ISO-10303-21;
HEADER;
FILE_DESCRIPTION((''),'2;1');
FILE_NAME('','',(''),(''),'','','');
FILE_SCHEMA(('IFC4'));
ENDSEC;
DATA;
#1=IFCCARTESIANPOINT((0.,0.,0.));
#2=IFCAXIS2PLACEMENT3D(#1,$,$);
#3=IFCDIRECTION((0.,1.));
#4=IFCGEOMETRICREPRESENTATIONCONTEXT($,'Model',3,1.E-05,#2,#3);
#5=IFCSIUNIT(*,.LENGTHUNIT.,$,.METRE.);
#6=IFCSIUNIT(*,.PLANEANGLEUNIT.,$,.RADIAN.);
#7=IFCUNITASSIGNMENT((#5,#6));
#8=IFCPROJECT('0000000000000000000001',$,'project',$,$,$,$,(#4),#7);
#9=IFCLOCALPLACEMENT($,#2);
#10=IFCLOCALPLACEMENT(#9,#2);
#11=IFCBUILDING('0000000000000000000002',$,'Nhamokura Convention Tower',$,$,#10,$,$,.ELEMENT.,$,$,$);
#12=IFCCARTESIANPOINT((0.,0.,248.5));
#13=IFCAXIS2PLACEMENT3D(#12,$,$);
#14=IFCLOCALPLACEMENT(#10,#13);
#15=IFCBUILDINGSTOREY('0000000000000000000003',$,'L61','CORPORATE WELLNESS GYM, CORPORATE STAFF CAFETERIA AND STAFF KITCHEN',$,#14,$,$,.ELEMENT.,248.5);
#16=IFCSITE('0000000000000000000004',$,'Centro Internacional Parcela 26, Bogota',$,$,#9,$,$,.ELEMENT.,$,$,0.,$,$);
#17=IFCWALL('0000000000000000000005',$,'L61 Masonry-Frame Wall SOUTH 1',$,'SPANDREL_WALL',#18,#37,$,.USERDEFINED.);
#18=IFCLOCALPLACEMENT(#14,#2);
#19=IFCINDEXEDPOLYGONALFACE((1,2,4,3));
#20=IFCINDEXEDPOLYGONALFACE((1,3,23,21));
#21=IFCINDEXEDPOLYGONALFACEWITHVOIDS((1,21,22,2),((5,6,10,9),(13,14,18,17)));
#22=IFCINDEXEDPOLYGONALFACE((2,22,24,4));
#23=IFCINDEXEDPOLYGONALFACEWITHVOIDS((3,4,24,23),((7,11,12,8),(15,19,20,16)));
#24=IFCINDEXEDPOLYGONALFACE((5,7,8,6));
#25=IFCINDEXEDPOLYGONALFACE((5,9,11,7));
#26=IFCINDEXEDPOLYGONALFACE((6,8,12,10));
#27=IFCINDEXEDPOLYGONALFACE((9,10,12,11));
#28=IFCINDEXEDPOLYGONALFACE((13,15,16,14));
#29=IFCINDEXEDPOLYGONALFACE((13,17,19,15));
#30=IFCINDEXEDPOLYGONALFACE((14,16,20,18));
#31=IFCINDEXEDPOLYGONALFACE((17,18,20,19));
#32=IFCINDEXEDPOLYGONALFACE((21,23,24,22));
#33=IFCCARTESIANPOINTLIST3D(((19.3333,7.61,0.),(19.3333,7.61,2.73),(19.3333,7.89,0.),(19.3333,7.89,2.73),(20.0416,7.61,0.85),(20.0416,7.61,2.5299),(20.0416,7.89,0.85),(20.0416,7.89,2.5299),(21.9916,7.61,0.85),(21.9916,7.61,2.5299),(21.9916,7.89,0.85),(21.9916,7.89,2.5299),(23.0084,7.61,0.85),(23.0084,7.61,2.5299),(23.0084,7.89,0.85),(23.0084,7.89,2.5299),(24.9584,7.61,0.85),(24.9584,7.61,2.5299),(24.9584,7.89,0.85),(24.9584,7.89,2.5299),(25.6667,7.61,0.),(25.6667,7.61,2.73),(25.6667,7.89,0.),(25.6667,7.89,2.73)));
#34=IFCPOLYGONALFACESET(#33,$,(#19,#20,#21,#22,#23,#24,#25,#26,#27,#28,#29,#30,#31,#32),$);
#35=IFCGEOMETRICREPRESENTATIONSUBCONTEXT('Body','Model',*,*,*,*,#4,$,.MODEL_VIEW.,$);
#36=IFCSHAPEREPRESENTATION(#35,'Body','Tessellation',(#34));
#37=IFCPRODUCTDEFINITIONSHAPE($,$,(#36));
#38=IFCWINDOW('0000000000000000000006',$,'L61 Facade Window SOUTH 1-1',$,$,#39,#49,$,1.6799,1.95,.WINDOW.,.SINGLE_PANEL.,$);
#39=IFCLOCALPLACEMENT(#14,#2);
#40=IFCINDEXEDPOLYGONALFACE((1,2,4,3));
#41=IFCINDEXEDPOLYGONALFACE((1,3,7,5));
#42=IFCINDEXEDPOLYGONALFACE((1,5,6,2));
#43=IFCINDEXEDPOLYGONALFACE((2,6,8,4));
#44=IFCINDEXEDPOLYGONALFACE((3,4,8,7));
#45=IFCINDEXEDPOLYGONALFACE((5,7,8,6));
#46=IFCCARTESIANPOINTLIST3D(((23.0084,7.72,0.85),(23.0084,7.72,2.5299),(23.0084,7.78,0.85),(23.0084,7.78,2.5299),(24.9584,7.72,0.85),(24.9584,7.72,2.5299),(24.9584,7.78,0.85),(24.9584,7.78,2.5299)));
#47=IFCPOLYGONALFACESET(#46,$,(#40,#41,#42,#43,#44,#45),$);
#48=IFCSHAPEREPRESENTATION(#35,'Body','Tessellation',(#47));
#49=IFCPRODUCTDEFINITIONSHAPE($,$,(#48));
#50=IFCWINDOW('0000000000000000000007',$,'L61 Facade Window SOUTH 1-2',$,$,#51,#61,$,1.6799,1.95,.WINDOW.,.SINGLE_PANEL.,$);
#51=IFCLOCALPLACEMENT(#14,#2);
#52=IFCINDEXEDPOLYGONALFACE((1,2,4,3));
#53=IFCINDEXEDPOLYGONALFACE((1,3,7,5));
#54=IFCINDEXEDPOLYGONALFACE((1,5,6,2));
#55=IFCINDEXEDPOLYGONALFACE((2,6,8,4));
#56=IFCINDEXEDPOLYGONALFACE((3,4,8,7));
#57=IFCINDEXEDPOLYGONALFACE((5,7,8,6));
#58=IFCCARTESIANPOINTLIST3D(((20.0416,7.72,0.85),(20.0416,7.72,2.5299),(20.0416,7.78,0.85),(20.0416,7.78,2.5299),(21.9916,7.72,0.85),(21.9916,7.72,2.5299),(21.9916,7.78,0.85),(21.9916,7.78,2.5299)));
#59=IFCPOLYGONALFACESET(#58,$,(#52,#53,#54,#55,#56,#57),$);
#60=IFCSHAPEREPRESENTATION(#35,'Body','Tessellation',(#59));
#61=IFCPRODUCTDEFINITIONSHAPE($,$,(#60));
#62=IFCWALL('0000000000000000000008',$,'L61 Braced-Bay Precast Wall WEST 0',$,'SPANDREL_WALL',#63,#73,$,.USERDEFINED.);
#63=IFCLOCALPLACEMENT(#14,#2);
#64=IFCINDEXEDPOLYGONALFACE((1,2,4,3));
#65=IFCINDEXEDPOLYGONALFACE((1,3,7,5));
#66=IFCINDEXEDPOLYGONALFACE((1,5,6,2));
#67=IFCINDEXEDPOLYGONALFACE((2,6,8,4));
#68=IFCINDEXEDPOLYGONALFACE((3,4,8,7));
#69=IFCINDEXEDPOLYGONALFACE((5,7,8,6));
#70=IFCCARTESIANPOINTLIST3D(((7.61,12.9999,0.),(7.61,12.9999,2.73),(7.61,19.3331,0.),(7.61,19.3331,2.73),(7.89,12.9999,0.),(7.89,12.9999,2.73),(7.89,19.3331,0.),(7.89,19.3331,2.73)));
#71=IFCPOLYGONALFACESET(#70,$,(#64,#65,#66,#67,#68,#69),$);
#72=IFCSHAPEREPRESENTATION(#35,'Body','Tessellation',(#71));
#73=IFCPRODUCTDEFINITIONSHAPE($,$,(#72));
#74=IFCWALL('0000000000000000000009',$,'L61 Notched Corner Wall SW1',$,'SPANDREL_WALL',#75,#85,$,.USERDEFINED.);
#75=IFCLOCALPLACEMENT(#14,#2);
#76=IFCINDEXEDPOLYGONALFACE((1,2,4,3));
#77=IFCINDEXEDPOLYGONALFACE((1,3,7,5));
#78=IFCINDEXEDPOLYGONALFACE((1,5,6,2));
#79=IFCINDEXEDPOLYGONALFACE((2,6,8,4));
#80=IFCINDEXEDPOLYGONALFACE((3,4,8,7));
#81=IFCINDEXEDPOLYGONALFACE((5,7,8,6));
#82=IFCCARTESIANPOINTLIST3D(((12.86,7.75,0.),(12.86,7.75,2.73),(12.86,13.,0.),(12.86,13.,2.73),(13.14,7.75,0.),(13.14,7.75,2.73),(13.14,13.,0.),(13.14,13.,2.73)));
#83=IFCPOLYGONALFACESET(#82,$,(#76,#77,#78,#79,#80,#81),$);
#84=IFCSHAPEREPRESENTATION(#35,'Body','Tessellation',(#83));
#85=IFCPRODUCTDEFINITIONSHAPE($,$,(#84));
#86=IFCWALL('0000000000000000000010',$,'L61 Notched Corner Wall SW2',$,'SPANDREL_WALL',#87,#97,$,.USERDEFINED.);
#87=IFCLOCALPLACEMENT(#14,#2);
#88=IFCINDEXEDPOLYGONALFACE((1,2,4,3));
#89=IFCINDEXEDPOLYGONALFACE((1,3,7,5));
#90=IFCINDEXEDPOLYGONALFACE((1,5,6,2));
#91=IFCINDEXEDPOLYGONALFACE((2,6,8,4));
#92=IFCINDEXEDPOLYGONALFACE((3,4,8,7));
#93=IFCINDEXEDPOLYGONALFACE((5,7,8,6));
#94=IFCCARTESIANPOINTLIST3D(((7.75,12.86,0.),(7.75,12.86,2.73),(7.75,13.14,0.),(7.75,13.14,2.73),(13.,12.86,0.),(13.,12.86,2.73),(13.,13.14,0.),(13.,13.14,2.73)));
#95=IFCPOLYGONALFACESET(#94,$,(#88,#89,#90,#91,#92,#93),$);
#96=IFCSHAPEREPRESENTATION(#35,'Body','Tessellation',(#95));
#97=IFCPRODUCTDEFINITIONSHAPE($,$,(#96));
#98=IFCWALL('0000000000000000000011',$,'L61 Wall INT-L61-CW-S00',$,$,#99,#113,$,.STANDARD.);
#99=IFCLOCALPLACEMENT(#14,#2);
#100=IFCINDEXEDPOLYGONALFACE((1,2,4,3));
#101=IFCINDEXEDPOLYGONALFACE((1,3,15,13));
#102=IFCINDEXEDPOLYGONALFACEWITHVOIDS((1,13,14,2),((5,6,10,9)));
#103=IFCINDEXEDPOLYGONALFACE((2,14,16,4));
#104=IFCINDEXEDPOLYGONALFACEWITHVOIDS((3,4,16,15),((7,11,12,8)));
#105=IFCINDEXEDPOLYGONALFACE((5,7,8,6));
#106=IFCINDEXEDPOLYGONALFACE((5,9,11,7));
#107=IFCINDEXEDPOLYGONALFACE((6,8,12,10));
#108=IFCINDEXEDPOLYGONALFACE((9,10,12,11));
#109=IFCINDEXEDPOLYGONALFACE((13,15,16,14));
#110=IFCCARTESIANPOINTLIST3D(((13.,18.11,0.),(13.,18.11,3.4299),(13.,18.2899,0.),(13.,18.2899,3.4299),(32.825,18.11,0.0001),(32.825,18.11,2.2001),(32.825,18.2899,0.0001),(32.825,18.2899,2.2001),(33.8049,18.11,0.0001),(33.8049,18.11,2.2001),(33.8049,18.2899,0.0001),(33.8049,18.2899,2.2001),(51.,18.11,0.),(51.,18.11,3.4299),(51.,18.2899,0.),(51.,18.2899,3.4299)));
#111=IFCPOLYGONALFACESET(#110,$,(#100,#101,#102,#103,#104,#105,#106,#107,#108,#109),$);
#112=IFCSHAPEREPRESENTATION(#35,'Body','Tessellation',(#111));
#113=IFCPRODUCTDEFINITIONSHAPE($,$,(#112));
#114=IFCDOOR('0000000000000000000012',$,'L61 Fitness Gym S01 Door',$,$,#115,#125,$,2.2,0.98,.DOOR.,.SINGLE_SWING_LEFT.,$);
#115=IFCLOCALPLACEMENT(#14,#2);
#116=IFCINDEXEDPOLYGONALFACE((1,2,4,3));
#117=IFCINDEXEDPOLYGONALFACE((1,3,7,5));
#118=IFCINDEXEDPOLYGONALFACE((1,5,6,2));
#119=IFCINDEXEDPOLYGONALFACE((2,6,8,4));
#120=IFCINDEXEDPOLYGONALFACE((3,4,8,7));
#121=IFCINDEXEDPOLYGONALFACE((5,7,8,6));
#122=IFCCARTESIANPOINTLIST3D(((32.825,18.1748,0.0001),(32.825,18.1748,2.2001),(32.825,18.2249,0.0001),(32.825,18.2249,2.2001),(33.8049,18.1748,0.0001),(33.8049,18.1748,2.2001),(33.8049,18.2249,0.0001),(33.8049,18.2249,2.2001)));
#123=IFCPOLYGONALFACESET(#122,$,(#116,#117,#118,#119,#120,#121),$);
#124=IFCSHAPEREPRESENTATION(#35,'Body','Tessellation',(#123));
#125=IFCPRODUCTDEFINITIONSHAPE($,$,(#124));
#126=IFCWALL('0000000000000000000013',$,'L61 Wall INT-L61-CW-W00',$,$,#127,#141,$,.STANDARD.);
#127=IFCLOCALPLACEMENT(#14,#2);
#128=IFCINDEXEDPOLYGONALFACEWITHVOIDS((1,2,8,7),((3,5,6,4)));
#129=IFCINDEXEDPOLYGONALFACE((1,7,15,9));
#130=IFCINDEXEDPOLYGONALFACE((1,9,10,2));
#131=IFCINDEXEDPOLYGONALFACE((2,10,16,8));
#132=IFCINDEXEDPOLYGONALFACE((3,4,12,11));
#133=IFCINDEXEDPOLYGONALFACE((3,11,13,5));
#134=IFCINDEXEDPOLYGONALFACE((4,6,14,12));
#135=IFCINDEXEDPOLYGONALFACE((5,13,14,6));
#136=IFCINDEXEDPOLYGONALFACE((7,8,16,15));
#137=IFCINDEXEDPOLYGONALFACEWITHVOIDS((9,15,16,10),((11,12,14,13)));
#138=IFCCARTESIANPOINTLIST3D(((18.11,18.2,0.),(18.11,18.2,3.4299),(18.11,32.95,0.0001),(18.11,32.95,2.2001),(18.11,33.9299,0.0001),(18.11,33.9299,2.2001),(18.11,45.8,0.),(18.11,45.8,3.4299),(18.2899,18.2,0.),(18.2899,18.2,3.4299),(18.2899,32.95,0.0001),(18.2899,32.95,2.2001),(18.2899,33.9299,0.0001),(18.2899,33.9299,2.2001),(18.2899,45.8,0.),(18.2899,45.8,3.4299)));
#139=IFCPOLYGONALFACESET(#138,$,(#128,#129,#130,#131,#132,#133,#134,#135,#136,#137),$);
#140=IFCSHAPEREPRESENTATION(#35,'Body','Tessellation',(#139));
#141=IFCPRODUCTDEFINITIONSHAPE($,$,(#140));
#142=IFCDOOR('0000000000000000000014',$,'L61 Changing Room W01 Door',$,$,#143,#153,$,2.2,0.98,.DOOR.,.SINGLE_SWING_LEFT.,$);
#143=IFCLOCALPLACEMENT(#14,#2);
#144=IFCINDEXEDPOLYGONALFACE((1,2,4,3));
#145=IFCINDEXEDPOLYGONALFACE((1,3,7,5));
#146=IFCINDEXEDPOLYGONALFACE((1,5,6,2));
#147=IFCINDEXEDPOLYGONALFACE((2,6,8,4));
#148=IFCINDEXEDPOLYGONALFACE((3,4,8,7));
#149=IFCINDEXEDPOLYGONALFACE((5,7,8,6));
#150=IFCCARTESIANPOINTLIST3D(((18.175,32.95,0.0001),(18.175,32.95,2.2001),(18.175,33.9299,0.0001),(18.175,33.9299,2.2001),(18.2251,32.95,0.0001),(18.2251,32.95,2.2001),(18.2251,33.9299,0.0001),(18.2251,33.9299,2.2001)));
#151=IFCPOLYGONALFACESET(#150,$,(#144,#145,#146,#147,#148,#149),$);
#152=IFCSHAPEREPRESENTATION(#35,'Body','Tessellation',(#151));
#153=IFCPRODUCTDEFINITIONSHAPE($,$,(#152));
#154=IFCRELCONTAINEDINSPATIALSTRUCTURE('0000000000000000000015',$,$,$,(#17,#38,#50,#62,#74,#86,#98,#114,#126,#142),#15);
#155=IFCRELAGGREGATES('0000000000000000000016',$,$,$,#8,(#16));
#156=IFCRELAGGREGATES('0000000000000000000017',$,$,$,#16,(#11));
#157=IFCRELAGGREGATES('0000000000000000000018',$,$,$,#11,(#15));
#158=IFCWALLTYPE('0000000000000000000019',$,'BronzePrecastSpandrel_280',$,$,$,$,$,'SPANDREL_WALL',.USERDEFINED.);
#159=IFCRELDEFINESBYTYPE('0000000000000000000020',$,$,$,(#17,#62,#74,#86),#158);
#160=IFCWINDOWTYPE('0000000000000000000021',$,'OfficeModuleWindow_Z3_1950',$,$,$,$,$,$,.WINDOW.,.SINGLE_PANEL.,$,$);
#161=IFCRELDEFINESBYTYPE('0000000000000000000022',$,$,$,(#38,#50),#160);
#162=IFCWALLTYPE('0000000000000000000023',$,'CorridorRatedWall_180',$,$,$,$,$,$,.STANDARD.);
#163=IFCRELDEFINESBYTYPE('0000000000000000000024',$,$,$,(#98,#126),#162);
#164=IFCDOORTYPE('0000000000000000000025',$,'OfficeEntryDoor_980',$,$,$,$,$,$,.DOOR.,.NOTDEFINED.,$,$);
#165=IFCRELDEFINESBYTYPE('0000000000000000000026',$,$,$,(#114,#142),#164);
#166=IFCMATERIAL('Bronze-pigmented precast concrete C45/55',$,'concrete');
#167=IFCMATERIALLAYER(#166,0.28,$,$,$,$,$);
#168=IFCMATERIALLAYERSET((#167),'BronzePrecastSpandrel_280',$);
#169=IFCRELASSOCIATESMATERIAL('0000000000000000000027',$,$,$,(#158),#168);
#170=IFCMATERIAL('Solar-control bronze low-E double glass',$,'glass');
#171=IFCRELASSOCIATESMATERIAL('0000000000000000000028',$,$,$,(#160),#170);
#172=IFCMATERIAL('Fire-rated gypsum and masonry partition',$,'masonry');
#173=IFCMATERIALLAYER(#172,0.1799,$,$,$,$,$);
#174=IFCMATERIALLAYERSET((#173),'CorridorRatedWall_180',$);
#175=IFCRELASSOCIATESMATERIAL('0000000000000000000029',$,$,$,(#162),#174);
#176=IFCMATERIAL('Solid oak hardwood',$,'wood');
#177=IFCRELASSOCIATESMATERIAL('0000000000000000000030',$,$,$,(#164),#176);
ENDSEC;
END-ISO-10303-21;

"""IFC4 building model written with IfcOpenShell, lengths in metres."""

from ifc_helpers import new_model, si_unit, direction, frame, frame_2d, origin, place, context, subcontext, project, spatial, rectangle, extrude, material, layer, layer_set, type_object, element, fill, save


model = new_model("IFC4")

# Units and contexts
model_context = context("Model", 3, precision=1e-05, world=origin(), true_north=direction((0.0, 1.0)))
body_context = subcontext(model_context, "Body", "Model", "MODEL_VIEW")
ifc_project = project(units=[si_unit("LENGTHUNIT", "METRE"), si_unit("PLANEANGLEUNIT", "RADIAN")], contexts=[model_context])

# Site, building, storey
site_placement = place(None, origin())
site = spatial("IfcSite", under=ifc_project, at=site_placement, Name="Centro Internacional Parcela 26, Bogota", CompositionType="ELEMENT", RefElevation=0.0)
building_placement = place(site_placement, origin())
building = spatial("IfcBuilding", under=site, at=building_placement, Name="Nhamokura Convention Tower", CompositionType="ELEMENT")
storey_placement = place(building_placement, frame((0.0, 0.0, 248.5)))
storey = spatial("IfcBuildingStorey", under=building, at=storey_placement, Name="L61", Description="CORPORATE WELLNESS GYM, CORPORATE STAFF CAFETERIA AND STAFF KITCHEN", CompositionType="ELEMENT", Elevation=248.5)

# Shared definitions
ifc_material_1 = material(Name="Bronze-pigmented precast concrete C45/55", Category="concrete")
ifc_layer_1 = layer(ifc_material_1, 0.28)
ifc_layer_set_1 = layer_set([ifc_layer_1], Name="BronzePrecastSpandrel_280")
wall_type_1 = type_object("IfcWallType", Name="BronzePrecastSpandrel_280", ElementType="SPANDREL_WALL", PredefinedType="USERDEFINED", material=ifc_layer_set_1)

# Wall, openings, windows
wall_1_placement = place(storey_placement, frame((25.6667, 7.75, 0.0), z_axis=(0.0, 0.0, 1.0), x_axis=(-1.0, 0.0, 0.0)))
wall_1 = element("IfcWall", 1, at=wall_1_placement, inside=storey, type_object=wall_type_1, Name="L61 Masonry-Frame Wall SOUTH 1", ObjectType="SPANDREL_WALL", PredefinedType="USERDEFINED", context=body_context, shape_type="SweptSolid", body=[
    extrude(rectangle(XDim=6.3335, YDim=0.28, at=frame_2d((3.1667, 0.0))), origin(), (0.0, 0.0, 1.0), 2.73),
])
opening_1_placement = place(wall_1_placement, frame((0.7083, 0.0, 0.8501)))
opening_1 = element("IfcOpeningElement", 2, at=opening_1_placement, cuts=wall_1, PredefinedType="OPENING", context=body_context, shape_type="SweptSolid", body=[
    extrude(rectangle(XDim=1.95, YDim=1.6799, at=frame_2d((0.9751, 0.8398))), frame((0.0, 0.1499, 0.0), z_axis=(0.0, -1.0, 0.0), x_axis=(1.0, 0.0, 0.0)), (0.0, 0.0, 1.0), 0.3),
])
opening_2_placement = place(wall_1_placement, frame((3.675, 0.0, 0.8501)))
opening_2 = element("IfcOpeningElement", 3, at=opening_2_placement, cuts=wall_1, PredefinedType="OPENING", context=body_context, shape_type="SweptSolid", body=[
    extrude(rectangle(XDim=1.95, YDim=1.6799, at=frame_2d((0.9751, 0.8398))), frame((0.0, 0.1499, 0.0), z_axis=(0.0, -1.0, 0.0), x_axis=(1.0, 0.0, 0.0)), (0.0, 0.0, 1.0), 0.3),
])
ifc_material_2 = material(Name="Solar-control bronze low-E double glass", Category="glass")
window_type = type_object("IfcWindowType", Name="OfficeModuleWindow_Z3_1950", PartitioningType="SINGLE_PANEL", PredefinedType="WINDOW", material=ifc_material_2)
window_1_placement = place(opening_1_placement, origin())
window_1 = element("IfcWindow", 4, at=window_1_placement, inside=storey, type_object=window_type, Name="L61 Facade Window SOUTH 1-1", OverallHeight=1.6799, OverallWidth=1.95, PartitioningType="SINGLE_PANEL", PredefinedType="WINDOW", context=body_context, shape_type="SweptSolid", body=[
    extrude(rectangle(XDim=1.95, YDim=1.6799, at=frame_2d((0.9751, 0.8398))), frame((0.0, 0.03, 0.0), z_axis=(0.0, -1.0, 0.0), x_axis=(1.0, 0.0, 0.0)), (0.0, 0.0, 1.0), 0.0601),
])
fill(opening_1, window_1)
window_2_placement = place(opening_2_placement, origin())
window_2 = element("IfcWindow", 5, at=window_2_placement, inside=storey, type_object=window_type, Name="L61 Facade Window SOUTH 1-2", OverallHeight=1.6799, OverallWidth=1.95, PartitioningType="SINGLE_PANEL", PredefinedType="WINDOW", context=body_context, shape_type="SweptSolid", body=[
    extrude(rectangle(XDim=1.95, YDim=1.6799, at=frame_2d((0.9751, 0.8398))), frame((0.0, 0.03, 0.0), z_axis=(0.0, -1.0, 0.0), x_axis=(1.0, 0.0, 0.0)), (0.0, 0.0, 1.0), 0.0601),
])
fill(opening_2, window_2)

# Walls
wall_2_placement = place(storey_placement, frame((7.75, 13.0, 0.0), z_axis=(0.0, 0.0, 1.0), x_axis=(0.0, 1.0, 0.0)))
element("IfcWall", 6, at=wall_2_placement, inside=storey, type_object=wall_type_1, Name="L61 Braced-Bay Precast Wall WEST 0", ObjectType="SPANDREL_WALL", PredefinedType="USERDEFINED", context=body_context, shape_type="SweptSolid", body=[
    extrude(rectangle(XDim=6.3333, YDim=0.28, at=frame_2d((3.1665, 0.0))), origin(), (0.0, 0.0, 1.0), 2.73),
])
for number, where, z_axis, x_axis, name in (
    (7, (13.0, 7.75, 0.0), (0.0, 0.0, 1.0), (0.0, 1.0, 0.0), "L61 Notched Corner Wall SW1"),
    (8, (13.0, 13.0, 0.0), (0.0, 0.0, 1.0), (-1.0, 0.0, 0.0), "L61 Notched Corner Wall SW2"),
):
    element("IfcWall", number, at=place(storey_placement, frame(where, z_axis=z_axis, x_axis=x_axis)), inside=storey, type_object=wall_type_1, Name=name, ObjectType="SPANDREL_WALL", PredefinedType="USERDEFINED", context=body_context, shape_type="SweptSolid", body=[
        extrude(rectangle(XDim=5.25, YDim=0.28, at=frame_2d((2.625, 0.0))), origin(), (0.0, 0.0, 1.0), 2.73),
    ])

# Walls, openings, doors
ifc_material_3 = material(Name="Fire-rated gypsum and masonry partition", Category="masonry")
ifc_layer_2 = layer(ifc_material_3, 0.1799)
ifc_layer_set_2 = layer_set([ifc_layer_2], Name="CorridorRatedWall_180")
wall_type_2 = type_object("IfcWallType", Name="CorridorRatedWall_180", PredefinedType="STANDARD", material=ifc_layer_set_2)
wall_3_placement = place(storey_placement, frame((13.0, 18.2, 0.0), z_axis=(0.0, 0.0, 1.0), x_axis=(1.0, 0.0, 0.0)))
wall_3 = element("IfcWall", 9, at=wall_3_placement, inside=storey, type_object=wall_type_2, Name="L61 Wall INT-L61-CW-S00", PredefinedType="STANDARD", context=body_context, shape_type="SweptSolid", body=[
    extrude(rectangle(XDim=38.0, YDim=0.1799, at=frame_2d((19.0, 0.0))), origin(), (0.0, 0.0, 1.0), 3.4299),
])
opening_3_placement = place(wall_3_placement, frame((19.825, 0.0, 0.0)))
opening_3 = element("IfcOpeningElement", 10, at=opening_3_placement, cuts=wall_3, PredefinedType="OPENING", context=body_context, shape_type="SweptSolid", body=[
    extrude(rectangle(XDim=0.98, YDim=2.2, at=frame_2d((0.49, 1.1001))), frame((0.0, 0.0999, 0.0), z_axis=(0.0, -1.0, 0.0), x_axis=(1.0, 0.0, 0.0)), (0.0, 0.0, 1.0), 0.2),
])
ifc_material_4 = material(Name="Solid oak hardwood", Category="wood")
door_type = type_object("IfcDoorType", Name="OfficeEntryDoor_980", OperationType="NOTDEFINED", PredefinedType="DOOR", material=ifc_material_4)
door_1_placement = place(opening_3_placement, origin())
door_1 = element("IfcDoor", 11, at=door_1_placement, inside=storey, type_object=door_type, Name="L61 Fitness Gym S01 Door", OperationType="SINGLE_SWING_LEFT", OverallHeight=2.2, OverallWidth=0.98, PredefinedType="DOOR", context=body_context, shape_type="SweptSolid", body=[
    extrude(rectangle(XDim=0.98, YDim=2.2, at=frame_2d((0.49, 1.1001))), frame((0.0, 0.0249, 0.0), z_axis=(0.0, -1.0, 0.0), x_axis=(1.0, 0.0, 0.0)), (0.0, 0.0, 1.0), 0.05),
])
fill(opening_3, door_1)
wall_4_placement = place(storey_placement, frame((18.2, 18.2, 0.0), z_axis=(0.0, 0.0, 1.0), x_axis=(0.0, 1.0, 0.0)))
wall_4 = element("IfcWall", 12, at=wall_4_placement, inside=storey, type_object=wall_type_2, Name="L61 Wall INT-L61-CW-W00", PredefinedType="STANDARD", context=body_context, shape_type="SweptSolid", body=[
    extrude(rectangle(XDim=27.6001, YDim=0.1799, at=frame_2d((13.8, 0.0))), origin(), (0.0, 0.0, 1.0), 3.4299),
])
opening_4_placement = place(wall_4_placement, frame((14.75, 0.0, 0.0)))
opening_4 = element("IfcOpeningElement", 13, at=opening_4_placement, cuts=wall_4, PredefinedType="OPENING", context=body_context, shape_type="SweptSolid", body=[
    extrude(rectangle(XDim=0.98, YDim=2.2, at=frame_2d((0.49, 1.1001))), frame((0.0, 0.0999, 0.0), z_axis=(0.0, -1.0, 0.0), x_axis=(1.0, 0.0, 0.0)), (0.0, 0.0, 1.0), 0.2),
])
door_2_placement = place(opening_4_placement, origin())
door_2 = element("IfcDoor", 14, at=door_2_placement, inside=storey, type_object=door_type, Name="L61 Changing Room W01 Door", OperationType="SINGLE_SWING_LEFT", OverallHeight=2.2, OverallWidth=0.98, PredefinedType="DOOR", context=body_context, shape_type="SweptSolid", body=[
    extrude(rectangle(XDim=0.98, YDim=2.2, at=frame_2d((0.49, 1.1001))), frame((0.0, 0.0249, 0.0), z_axis=(0.0, -1.0, 0.0), x_axis=(1.0, 0.0, 0.0)), (0.0, 0.0, 1.0), 0.05),
])
fill(opening_4, door_2)

save(model, "model.ifc")
